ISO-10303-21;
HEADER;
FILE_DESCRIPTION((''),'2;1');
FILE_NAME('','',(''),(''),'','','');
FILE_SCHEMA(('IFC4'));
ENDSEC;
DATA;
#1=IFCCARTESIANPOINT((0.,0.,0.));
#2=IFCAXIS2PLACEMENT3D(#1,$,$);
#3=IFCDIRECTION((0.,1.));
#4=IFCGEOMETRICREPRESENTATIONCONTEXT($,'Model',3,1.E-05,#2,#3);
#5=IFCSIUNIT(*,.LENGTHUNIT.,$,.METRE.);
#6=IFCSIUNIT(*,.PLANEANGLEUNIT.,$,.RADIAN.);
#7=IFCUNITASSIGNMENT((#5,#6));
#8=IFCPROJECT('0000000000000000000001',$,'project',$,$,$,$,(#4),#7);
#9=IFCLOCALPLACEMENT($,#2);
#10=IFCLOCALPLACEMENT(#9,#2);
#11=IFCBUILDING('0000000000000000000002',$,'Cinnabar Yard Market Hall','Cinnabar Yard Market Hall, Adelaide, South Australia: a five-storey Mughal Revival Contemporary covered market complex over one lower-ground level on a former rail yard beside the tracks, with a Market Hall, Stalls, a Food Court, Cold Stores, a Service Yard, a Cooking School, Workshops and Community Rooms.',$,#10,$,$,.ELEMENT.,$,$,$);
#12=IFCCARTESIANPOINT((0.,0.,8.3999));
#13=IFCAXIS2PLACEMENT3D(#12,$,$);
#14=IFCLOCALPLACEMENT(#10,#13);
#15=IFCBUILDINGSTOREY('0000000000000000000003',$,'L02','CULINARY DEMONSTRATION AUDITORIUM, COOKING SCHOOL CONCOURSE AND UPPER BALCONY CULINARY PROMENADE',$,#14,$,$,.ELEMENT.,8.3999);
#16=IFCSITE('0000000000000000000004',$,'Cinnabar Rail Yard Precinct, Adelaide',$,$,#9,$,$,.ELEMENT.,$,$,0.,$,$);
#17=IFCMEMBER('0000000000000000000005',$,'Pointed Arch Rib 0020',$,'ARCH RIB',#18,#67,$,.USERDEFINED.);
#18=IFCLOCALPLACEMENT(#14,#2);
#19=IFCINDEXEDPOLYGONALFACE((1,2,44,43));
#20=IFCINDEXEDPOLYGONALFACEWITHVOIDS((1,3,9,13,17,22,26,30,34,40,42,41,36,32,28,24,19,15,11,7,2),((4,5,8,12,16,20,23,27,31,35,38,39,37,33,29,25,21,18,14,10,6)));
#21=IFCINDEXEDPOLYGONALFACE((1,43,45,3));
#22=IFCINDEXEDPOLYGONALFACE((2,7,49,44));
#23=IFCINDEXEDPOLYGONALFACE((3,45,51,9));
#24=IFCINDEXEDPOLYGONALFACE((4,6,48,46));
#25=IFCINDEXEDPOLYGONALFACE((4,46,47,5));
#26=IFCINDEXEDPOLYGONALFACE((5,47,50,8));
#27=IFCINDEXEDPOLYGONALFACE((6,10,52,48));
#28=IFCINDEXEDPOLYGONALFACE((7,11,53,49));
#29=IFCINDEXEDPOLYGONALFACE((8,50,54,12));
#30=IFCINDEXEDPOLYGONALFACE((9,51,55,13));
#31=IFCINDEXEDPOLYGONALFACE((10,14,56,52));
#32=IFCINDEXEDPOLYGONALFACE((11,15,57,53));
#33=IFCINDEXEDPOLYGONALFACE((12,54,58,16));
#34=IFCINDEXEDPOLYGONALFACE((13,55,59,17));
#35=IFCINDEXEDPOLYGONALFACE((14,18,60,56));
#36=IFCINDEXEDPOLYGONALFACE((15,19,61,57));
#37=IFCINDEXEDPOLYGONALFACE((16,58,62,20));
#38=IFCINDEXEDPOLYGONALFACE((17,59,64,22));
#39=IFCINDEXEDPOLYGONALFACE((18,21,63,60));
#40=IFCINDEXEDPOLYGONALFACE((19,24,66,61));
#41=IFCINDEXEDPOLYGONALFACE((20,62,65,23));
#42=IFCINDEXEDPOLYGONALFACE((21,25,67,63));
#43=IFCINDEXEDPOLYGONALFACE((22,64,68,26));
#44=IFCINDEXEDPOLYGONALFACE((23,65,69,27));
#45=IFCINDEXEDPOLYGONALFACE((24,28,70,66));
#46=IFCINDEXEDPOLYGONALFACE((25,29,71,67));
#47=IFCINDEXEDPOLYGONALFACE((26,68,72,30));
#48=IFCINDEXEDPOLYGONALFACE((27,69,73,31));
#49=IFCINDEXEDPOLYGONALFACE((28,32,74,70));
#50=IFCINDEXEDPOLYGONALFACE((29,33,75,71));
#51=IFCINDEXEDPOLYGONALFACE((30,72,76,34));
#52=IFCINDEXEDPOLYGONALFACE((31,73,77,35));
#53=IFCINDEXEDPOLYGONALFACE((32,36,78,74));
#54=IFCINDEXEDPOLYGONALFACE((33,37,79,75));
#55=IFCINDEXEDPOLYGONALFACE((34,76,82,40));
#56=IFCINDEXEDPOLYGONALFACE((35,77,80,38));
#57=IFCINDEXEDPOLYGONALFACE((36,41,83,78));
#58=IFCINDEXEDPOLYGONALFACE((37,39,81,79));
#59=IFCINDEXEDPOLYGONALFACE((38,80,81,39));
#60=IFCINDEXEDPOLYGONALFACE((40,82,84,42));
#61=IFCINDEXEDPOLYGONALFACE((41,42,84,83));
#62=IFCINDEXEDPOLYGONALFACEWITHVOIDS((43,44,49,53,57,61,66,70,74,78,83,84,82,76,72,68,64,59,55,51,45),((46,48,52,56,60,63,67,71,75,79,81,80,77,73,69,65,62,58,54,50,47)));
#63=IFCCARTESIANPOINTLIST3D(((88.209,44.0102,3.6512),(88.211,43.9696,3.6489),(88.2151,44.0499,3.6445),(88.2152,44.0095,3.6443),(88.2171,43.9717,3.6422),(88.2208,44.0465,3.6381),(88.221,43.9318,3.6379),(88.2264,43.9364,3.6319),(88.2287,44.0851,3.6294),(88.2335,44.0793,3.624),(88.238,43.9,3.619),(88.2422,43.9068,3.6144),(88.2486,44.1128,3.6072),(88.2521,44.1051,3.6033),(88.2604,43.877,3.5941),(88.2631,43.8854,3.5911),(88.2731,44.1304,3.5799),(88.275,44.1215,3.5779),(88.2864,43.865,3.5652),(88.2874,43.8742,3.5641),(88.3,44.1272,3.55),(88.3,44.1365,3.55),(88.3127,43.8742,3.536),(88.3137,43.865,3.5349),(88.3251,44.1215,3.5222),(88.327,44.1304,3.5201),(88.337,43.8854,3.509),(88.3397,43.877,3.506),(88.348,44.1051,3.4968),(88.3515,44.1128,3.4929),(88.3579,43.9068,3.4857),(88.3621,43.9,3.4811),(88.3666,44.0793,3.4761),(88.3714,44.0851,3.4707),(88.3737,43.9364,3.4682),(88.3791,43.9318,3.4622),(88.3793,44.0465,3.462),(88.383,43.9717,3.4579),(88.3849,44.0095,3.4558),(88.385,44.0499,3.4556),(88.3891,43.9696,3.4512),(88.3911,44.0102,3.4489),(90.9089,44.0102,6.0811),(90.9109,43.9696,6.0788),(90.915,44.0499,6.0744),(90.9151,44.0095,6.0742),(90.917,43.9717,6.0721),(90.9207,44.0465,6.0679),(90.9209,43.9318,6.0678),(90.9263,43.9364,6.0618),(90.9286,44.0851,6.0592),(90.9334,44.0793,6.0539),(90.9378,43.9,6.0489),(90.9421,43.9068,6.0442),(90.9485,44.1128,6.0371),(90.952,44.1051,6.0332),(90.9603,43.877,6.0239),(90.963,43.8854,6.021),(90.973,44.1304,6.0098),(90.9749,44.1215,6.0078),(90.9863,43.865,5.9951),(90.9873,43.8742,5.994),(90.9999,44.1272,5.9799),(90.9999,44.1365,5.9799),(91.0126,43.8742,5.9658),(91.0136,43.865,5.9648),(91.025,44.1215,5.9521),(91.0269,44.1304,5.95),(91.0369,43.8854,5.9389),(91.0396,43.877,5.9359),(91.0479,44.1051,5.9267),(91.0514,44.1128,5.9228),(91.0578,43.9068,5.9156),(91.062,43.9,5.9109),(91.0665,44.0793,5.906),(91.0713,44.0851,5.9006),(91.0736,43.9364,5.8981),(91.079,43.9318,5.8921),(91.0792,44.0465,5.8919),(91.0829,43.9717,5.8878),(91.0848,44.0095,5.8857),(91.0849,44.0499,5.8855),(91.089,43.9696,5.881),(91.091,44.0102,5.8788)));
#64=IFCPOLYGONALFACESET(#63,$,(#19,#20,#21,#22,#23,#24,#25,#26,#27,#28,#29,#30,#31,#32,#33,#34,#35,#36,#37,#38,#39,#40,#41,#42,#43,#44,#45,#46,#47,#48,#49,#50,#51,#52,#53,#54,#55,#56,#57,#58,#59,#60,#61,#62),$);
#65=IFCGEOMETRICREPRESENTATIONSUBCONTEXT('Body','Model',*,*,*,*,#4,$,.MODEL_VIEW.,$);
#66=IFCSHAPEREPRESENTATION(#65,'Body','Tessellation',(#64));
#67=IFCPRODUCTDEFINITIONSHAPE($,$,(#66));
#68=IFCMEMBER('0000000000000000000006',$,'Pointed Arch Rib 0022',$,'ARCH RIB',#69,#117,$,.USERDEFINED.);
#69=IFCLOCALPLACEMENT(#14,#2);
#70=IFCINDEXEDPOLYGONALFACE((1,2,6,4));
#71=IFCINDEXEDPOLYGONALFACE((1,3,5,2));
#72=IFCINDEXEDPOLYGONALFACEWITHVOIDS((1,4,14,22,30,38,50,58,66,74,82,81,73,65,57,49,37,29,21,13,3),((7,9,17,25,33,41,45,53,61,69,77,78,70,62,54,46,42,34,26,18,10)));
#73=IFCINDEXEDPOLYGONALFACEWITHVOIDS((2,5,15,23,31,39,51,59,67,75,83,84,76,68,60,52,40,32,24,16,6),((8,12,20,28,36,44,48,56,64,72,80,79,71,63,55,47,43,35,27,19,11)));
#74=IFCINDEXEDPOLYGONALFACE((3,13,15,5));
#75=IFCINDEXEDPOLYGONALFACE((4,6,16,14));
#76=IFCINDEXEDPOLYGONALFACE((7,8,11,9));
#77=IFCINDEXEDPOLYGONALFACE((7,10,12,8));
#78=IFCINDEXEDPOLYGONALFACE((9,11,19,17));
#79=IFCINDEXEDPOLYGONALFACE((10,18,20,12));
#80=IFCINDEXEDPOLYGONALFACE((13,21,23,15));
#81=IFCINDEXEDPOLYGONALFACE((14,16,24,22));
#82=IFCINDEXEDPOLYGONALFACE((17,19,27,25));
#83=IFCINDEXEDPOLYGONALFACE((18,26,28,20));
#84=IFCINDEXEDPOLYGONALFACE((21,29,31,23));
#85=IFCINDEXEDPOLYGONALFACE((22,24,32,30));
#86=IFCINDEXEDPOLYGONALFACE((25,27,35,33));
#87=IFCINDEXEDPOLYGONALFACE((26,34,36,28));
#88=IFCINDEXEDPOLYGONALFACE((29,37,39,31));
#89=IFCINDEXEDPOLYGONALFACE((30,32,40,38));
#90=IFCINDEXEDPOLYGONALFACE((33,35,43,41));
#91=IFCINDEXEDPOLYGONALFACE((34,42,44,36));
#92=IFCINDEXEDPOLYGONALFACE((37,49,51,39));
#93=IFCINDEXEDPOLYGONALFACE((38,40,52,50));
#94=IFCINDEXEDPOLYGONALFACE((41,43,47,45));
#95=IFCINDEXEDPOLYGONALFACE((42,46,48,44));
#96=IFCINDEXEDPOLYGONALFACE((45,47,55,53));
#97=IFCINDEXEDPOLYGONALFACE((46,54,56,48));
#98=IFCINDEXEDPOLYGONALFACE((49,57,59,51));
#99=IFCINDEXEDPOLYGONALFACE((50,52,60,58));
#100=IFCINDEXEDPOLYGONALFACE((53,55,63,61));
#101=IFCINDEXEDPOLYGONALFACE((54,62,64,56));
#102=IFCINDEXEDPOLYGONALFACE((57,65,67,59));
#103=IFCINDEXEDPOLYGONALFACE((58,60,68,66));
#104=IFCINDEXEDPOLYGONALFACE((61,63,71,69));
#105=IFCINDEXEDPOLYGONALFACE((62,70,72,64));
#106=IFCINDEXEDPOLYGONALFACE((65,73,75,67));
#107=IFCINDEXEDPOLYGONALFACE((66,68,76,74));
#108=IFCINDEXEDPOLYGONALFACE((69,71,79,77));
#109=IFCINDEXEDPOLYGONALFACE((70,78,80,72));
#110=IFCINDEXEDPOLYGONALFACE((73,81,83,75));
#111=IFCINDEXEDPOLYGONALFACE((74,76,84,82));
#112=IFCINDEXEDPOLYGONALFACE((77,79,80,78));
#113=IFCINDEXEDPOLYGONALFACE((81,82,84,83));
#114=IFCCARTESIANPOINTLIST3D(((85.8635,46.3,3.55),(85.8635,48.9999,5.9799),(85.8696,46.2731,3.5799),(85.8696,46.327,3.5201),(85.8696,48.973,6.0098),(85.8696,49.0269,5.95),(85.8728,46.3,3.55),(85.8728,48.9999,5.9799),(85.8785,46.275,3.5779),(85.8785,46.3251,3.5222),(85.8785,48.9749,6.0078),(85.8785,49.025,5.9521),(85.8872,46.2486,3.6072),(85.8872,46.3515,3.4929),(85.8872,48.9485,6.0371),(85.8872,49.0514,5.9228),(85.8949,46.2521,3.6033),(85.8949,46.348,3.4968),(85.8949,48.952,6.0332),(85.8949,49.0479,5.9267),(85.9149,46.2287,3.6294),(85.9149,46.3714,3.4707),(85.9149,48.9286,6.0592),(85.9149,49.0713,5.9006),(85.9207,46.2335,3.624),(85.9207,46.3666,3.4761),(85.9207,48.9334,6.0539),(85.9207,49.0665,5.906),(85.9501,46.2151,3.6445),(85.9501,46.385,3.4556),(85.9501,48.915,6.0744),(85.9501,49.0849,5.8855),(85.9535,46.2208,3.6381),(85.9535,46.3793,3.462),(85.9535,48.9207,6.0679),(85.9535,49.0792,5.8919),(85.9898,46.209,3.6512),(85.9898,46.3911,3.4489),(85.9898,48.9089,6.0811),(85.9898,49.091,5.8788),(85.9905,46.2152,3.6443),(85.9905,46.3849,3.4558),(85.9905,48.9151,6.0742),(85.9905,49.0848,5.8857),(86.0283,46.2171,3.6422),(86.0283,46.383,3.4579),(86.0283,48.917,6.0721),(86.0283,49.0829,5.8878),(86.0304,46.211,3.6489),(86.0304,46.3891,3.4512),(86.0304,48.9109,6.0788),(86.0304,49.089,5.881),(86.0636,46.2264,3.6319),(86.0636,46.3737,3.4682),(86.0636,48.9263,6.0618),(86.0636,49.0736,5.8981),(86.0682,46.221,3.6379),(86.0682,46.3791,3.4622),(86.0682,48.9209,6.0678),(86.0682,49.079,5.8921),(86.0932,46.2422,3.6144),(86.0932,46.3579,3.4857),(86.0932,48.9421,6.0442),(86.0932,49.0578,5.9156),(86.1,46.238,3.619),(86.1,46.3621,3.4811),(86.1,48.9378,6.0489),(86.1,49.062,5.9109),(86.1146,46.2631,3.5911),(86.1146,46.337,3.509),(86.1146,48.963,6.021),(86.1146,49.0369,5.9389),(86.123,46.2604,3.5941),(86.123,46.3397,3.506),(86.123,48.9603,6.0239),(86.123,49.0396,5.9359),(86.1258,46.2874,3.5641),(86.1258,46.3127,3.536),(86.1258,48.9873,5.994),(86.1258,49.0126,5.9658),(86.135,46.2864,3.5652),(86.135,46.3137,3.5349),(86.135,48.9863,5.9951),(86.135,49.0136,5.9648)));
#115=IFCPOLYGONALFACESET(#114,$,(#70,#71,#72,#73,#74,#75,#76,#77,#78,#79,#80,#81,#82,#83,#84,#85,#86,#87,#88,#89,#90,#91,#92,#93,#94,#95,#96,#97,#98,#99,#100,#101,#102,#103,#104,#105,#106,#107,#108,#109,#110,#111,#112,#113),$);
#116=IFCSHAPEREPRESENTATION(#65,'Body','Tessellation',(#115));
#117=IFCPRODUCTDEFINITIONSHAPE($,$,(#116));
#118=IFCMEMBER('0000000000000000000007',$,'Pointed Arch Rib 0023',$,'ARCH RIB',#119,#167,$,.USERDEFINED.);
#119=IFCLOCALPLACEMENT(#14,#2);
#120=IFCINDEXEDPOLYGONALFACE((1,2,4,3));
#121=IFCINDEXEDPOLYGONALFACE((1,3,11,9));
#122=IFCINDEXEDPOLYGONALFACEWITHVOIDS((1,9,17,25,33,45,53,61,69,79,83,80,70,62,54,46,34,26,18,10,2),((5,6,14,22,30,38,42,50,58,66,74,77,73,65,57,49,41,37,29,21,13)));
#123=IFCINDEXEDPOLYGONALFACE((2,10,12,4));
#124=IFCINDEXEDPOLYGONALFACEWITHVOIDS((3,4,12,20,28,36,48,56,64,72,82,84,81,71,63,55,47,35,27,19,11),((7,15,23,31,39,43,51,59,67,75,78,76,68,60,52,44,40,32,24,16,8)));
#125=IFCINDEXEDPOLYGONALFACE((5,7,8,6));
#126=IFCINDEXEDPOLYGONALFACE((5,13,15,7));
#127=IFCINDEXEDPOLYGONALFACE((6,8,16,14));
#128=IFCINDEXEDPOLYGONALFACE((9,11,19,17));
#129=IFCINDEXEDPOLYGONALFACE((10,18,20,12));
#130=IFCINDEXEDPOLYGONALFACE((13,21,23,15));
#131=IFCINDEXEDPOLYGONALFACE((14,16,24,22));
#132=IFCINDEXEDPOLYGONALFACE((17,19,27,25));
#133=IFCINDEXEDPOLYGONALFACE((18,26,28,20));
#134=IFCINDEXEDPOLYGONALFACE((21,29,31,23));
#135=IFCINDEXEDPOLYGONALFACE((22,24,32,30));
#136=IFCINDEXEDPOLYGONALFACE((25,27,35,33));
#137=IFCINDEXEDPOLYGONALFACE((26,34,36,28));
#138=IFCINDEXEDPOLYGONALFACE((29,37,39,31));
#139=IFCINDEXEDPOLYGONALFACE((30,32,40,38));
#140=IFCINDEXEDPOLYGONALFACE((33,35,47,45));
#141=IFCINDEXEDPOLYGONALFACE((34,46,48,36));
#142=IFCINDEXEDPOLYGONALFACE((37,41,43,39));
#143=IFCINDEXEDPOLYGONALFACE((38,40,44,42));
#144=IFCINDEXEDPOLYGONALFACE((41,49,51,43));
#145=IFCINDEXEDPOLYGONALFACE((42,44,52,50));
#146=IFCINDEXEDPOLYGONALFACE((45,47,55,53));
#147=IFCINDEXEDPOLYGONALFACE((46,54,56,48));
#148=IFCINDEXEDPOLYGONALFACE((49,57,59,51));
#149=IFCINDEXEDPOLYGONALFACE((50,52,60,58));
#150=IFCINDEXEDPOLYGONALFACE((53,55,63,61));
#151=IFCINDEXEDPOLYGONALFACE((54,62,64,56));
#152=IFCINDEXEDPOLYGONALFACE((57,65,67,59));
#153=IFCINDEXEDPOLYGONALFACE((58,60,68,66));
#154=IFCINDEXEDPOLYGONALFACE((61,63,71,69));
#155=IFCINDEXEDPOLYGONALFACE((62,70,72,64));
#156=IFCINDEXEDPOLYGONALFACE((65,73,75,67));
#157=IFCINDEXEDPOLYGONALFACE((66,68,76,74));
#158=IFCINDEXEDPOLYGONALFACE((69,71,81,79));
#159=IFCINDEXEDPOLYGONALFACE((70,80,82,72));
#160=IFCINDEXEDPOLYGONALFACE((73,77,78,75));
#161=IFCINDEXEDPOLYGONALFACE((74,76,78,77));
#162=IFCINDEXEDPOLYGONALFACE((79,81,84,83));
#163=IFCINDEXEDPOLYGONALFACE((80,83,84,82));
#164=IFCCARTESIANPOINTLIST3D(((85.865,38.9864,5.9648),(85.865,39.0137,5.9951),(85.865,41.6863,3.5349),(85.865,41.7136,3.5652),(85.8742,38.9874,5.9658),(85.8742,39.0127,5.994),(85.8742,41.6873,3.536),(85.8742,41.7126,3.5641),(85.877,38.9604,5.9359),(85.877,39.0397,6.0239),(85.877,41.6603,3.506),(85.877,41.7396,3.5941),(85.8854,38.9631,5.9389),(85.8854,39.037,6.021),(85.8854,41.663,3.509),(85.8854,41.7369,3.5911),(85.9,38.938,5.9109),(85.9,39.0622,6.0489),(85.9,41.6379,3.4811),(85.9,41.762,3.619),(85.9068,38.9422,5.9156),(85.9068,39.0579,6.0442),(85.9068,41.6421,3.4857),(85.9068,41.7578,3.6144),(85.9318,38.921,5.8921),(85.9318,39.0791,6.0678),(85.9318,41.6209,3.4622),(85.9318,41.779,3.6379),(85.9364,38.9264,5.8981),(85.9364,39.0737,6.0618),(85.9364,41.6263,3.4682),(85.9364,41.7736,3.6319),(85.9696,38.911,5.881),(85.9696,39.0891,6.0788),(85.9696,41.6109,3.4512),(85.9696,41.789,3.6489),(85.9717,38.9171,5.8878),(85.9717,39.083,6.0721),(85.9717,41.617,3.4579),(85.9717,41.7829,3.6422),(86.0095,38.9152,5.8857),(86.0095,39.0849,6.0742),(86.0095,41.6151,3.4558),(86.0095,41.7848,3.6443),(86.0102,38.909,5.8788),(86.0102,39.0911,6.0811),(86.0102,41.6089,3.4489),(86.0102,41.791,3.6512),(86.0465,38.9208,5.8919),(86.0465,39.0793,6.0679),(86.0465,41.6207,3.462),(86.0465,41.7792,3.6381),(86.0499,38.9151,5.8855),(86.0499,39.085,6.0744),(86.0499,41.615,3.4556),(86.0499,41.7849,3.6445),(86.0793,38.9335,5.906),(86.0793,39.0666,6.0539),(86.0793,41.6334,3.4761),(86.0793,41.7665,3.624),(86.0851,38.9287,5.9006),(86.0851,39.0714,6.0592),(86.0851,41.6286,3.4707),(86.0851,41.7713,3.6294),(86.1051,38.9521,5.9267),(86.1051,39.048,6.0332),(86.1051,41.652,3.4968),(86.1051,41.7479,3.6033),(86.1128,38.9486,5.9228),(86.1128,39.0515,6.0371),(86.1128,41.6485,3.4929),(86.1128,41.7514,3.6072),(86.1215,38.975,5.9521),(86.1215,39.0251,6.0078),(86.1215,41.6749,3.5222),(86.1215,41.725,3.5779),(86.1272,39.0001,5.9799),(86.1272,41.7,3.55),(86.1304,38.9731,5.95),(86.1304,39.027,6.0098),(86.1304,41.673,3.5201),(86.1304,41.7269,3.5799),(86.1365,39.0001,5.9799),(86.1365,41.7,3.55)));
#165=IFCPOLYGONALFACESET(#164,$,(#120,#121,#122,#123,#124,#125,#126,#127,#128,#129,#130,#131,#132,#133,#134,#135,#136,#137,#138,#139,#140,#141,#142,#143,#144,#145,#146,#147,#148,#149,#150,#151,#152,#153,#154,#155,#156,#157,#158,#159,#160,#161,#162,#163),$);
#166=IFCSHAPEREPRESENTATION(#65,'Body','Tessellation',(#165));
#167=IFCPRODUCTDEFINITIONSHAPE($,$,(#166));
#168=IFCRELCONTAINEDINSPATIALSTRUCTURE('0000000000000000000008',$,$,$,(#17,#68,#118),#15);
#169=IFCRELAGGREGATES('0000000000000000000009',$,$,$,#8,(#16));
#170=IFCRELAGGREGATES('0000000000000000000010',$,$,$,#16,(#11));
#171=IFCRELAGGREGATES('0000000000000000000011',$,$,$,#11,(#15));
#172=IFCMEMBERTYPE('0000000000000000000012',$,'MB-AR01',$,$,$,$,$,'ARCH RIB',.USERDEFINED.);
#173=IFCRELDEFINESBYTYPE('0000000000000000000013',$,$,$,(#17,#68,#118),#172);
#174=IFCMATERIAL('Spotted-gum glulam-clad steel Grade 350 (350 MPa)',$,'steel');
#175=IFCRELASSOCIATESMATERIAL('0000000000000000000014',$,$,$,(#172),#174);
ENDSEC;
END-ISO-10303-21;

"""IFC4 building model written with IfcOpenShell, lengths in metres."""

from ifc_helpers import new_model, si_unit, direction, frame, origin, origin_2d_with_axis, place, context, subcontext, project, spatial, hollow_circle, extrude, material, material_profile, profile_set, type_object, element, save


model = new_model("IFC4")

# Units and contexts
model_context = context("Model", 3, precision=1e-05, world=origin(), true_north=direction((0.0, 1.0)))
body_context = subcontext(model_context, "Body", "Model", "MODEL_VIEW")
ifc_project = project(units=[si_unit("LENGTHUNIT", "METRE"), si_unit("PLANEANGLEUNIT", "RADIAN")], contexts=[model_context])

# Site, building, storey
site_placement = place(None, origin())
site = spatial("IfcSite", under=ifc_project, at=site_placement, Name="Cinnabar Rail Yard Precinct, Adelaide", CompositionType="ELEMENT", RefElevation=0.0)
building_placement = place(site_placement, origin())
building = spatial("IfcBuilding", under=site, at=building_placement, Name="Cinnabar Yard Market Hall", Description="Cinnabar Yard Market Hall, Adelaide, South Australia: a five-storey Mughal Revival Contemporary covered market complex over one lower-ground level on a former rail yard beside the tracks, with a Market Hall, Stalls, a Food Court, Cold Stores, a Service Yard, a Cooking School, Workshops and Community Rooms.", CompositionType="ELEMENT")
storey_placement = place(building_placement, frame((0.0, 0.0, 8.3999)))
storey = spatial("IfcBuildingStorey", under=building, at=storey_placement, Name="L02", Description="CULINARY DEMONSTRATION AUDITORIUM, COOKING SCHOOL CONCOURSE AND UPPER BALCONY CULINARY PROMENADE", CompositionType="ELEMENT", Elevation=8.3999)

# Shared definitions
ifc_material_1 = material(Name="Spotted-gum glulam-clad steel Grade 350 (350 MPa)", Category="steel")

# Members
ifc_material_profile_1 = material_profile(ifc_material_1, hollow_circle(Radius=0.1365, WallThickness=0.0093, at=origin_2d_with_axis()), Name="273.1x9.3CHS")
ifc_profile_set_1 = profile_set([ifc_material_profile_1], Name="Spotted-gum glulam-clad steel Grade 350 (350 MPa)")
member_type_1 = type_object("IfcMemberType", Name="MB-AR01", ElementType="ARCH RIB", PredefinedType="USERDEFINED", material=ifc_profile_set_1)
for number, where, z_axis, x_axis, name in (
    (1, (88.3, 44.0, 3.55), (0.743297, 0.0, 0.668961), (0.0, 1.0, 0.0), "Pointed Arch Rib 0020"),
    (2, (86.0, 46.3, 3.55), (0.0, 0.743297, 0.668961), (-1.0, 0.0, 0.0), "Pointed Arch Rib 0022"),
    (3, (86.0, 41.7, 3.55), (0.0, -0.743297, 0.668961), (1.0, 0.0, 0.0), "Pointed Arch Rib 0023"),
):
    element("IfcMember", number, at=place(storey_placement, frame(where, z_axis=z_axis, x_axis=x_axis)), inside=storey, type_object=member_type_1, Name=name, ObjectType="ARCH RIB", PredefinedType="USERDEFINED", context=body_context, shape_type="SweptSolid", body=[
        extrude(hollow_circle(Radius=0.1365, WallThickness=0.0093, at=origin_2d_with_axis()), origin(), (0.0, 0.0, 1.0), 3.6323),
    ])

save(model, "model.ifc")
